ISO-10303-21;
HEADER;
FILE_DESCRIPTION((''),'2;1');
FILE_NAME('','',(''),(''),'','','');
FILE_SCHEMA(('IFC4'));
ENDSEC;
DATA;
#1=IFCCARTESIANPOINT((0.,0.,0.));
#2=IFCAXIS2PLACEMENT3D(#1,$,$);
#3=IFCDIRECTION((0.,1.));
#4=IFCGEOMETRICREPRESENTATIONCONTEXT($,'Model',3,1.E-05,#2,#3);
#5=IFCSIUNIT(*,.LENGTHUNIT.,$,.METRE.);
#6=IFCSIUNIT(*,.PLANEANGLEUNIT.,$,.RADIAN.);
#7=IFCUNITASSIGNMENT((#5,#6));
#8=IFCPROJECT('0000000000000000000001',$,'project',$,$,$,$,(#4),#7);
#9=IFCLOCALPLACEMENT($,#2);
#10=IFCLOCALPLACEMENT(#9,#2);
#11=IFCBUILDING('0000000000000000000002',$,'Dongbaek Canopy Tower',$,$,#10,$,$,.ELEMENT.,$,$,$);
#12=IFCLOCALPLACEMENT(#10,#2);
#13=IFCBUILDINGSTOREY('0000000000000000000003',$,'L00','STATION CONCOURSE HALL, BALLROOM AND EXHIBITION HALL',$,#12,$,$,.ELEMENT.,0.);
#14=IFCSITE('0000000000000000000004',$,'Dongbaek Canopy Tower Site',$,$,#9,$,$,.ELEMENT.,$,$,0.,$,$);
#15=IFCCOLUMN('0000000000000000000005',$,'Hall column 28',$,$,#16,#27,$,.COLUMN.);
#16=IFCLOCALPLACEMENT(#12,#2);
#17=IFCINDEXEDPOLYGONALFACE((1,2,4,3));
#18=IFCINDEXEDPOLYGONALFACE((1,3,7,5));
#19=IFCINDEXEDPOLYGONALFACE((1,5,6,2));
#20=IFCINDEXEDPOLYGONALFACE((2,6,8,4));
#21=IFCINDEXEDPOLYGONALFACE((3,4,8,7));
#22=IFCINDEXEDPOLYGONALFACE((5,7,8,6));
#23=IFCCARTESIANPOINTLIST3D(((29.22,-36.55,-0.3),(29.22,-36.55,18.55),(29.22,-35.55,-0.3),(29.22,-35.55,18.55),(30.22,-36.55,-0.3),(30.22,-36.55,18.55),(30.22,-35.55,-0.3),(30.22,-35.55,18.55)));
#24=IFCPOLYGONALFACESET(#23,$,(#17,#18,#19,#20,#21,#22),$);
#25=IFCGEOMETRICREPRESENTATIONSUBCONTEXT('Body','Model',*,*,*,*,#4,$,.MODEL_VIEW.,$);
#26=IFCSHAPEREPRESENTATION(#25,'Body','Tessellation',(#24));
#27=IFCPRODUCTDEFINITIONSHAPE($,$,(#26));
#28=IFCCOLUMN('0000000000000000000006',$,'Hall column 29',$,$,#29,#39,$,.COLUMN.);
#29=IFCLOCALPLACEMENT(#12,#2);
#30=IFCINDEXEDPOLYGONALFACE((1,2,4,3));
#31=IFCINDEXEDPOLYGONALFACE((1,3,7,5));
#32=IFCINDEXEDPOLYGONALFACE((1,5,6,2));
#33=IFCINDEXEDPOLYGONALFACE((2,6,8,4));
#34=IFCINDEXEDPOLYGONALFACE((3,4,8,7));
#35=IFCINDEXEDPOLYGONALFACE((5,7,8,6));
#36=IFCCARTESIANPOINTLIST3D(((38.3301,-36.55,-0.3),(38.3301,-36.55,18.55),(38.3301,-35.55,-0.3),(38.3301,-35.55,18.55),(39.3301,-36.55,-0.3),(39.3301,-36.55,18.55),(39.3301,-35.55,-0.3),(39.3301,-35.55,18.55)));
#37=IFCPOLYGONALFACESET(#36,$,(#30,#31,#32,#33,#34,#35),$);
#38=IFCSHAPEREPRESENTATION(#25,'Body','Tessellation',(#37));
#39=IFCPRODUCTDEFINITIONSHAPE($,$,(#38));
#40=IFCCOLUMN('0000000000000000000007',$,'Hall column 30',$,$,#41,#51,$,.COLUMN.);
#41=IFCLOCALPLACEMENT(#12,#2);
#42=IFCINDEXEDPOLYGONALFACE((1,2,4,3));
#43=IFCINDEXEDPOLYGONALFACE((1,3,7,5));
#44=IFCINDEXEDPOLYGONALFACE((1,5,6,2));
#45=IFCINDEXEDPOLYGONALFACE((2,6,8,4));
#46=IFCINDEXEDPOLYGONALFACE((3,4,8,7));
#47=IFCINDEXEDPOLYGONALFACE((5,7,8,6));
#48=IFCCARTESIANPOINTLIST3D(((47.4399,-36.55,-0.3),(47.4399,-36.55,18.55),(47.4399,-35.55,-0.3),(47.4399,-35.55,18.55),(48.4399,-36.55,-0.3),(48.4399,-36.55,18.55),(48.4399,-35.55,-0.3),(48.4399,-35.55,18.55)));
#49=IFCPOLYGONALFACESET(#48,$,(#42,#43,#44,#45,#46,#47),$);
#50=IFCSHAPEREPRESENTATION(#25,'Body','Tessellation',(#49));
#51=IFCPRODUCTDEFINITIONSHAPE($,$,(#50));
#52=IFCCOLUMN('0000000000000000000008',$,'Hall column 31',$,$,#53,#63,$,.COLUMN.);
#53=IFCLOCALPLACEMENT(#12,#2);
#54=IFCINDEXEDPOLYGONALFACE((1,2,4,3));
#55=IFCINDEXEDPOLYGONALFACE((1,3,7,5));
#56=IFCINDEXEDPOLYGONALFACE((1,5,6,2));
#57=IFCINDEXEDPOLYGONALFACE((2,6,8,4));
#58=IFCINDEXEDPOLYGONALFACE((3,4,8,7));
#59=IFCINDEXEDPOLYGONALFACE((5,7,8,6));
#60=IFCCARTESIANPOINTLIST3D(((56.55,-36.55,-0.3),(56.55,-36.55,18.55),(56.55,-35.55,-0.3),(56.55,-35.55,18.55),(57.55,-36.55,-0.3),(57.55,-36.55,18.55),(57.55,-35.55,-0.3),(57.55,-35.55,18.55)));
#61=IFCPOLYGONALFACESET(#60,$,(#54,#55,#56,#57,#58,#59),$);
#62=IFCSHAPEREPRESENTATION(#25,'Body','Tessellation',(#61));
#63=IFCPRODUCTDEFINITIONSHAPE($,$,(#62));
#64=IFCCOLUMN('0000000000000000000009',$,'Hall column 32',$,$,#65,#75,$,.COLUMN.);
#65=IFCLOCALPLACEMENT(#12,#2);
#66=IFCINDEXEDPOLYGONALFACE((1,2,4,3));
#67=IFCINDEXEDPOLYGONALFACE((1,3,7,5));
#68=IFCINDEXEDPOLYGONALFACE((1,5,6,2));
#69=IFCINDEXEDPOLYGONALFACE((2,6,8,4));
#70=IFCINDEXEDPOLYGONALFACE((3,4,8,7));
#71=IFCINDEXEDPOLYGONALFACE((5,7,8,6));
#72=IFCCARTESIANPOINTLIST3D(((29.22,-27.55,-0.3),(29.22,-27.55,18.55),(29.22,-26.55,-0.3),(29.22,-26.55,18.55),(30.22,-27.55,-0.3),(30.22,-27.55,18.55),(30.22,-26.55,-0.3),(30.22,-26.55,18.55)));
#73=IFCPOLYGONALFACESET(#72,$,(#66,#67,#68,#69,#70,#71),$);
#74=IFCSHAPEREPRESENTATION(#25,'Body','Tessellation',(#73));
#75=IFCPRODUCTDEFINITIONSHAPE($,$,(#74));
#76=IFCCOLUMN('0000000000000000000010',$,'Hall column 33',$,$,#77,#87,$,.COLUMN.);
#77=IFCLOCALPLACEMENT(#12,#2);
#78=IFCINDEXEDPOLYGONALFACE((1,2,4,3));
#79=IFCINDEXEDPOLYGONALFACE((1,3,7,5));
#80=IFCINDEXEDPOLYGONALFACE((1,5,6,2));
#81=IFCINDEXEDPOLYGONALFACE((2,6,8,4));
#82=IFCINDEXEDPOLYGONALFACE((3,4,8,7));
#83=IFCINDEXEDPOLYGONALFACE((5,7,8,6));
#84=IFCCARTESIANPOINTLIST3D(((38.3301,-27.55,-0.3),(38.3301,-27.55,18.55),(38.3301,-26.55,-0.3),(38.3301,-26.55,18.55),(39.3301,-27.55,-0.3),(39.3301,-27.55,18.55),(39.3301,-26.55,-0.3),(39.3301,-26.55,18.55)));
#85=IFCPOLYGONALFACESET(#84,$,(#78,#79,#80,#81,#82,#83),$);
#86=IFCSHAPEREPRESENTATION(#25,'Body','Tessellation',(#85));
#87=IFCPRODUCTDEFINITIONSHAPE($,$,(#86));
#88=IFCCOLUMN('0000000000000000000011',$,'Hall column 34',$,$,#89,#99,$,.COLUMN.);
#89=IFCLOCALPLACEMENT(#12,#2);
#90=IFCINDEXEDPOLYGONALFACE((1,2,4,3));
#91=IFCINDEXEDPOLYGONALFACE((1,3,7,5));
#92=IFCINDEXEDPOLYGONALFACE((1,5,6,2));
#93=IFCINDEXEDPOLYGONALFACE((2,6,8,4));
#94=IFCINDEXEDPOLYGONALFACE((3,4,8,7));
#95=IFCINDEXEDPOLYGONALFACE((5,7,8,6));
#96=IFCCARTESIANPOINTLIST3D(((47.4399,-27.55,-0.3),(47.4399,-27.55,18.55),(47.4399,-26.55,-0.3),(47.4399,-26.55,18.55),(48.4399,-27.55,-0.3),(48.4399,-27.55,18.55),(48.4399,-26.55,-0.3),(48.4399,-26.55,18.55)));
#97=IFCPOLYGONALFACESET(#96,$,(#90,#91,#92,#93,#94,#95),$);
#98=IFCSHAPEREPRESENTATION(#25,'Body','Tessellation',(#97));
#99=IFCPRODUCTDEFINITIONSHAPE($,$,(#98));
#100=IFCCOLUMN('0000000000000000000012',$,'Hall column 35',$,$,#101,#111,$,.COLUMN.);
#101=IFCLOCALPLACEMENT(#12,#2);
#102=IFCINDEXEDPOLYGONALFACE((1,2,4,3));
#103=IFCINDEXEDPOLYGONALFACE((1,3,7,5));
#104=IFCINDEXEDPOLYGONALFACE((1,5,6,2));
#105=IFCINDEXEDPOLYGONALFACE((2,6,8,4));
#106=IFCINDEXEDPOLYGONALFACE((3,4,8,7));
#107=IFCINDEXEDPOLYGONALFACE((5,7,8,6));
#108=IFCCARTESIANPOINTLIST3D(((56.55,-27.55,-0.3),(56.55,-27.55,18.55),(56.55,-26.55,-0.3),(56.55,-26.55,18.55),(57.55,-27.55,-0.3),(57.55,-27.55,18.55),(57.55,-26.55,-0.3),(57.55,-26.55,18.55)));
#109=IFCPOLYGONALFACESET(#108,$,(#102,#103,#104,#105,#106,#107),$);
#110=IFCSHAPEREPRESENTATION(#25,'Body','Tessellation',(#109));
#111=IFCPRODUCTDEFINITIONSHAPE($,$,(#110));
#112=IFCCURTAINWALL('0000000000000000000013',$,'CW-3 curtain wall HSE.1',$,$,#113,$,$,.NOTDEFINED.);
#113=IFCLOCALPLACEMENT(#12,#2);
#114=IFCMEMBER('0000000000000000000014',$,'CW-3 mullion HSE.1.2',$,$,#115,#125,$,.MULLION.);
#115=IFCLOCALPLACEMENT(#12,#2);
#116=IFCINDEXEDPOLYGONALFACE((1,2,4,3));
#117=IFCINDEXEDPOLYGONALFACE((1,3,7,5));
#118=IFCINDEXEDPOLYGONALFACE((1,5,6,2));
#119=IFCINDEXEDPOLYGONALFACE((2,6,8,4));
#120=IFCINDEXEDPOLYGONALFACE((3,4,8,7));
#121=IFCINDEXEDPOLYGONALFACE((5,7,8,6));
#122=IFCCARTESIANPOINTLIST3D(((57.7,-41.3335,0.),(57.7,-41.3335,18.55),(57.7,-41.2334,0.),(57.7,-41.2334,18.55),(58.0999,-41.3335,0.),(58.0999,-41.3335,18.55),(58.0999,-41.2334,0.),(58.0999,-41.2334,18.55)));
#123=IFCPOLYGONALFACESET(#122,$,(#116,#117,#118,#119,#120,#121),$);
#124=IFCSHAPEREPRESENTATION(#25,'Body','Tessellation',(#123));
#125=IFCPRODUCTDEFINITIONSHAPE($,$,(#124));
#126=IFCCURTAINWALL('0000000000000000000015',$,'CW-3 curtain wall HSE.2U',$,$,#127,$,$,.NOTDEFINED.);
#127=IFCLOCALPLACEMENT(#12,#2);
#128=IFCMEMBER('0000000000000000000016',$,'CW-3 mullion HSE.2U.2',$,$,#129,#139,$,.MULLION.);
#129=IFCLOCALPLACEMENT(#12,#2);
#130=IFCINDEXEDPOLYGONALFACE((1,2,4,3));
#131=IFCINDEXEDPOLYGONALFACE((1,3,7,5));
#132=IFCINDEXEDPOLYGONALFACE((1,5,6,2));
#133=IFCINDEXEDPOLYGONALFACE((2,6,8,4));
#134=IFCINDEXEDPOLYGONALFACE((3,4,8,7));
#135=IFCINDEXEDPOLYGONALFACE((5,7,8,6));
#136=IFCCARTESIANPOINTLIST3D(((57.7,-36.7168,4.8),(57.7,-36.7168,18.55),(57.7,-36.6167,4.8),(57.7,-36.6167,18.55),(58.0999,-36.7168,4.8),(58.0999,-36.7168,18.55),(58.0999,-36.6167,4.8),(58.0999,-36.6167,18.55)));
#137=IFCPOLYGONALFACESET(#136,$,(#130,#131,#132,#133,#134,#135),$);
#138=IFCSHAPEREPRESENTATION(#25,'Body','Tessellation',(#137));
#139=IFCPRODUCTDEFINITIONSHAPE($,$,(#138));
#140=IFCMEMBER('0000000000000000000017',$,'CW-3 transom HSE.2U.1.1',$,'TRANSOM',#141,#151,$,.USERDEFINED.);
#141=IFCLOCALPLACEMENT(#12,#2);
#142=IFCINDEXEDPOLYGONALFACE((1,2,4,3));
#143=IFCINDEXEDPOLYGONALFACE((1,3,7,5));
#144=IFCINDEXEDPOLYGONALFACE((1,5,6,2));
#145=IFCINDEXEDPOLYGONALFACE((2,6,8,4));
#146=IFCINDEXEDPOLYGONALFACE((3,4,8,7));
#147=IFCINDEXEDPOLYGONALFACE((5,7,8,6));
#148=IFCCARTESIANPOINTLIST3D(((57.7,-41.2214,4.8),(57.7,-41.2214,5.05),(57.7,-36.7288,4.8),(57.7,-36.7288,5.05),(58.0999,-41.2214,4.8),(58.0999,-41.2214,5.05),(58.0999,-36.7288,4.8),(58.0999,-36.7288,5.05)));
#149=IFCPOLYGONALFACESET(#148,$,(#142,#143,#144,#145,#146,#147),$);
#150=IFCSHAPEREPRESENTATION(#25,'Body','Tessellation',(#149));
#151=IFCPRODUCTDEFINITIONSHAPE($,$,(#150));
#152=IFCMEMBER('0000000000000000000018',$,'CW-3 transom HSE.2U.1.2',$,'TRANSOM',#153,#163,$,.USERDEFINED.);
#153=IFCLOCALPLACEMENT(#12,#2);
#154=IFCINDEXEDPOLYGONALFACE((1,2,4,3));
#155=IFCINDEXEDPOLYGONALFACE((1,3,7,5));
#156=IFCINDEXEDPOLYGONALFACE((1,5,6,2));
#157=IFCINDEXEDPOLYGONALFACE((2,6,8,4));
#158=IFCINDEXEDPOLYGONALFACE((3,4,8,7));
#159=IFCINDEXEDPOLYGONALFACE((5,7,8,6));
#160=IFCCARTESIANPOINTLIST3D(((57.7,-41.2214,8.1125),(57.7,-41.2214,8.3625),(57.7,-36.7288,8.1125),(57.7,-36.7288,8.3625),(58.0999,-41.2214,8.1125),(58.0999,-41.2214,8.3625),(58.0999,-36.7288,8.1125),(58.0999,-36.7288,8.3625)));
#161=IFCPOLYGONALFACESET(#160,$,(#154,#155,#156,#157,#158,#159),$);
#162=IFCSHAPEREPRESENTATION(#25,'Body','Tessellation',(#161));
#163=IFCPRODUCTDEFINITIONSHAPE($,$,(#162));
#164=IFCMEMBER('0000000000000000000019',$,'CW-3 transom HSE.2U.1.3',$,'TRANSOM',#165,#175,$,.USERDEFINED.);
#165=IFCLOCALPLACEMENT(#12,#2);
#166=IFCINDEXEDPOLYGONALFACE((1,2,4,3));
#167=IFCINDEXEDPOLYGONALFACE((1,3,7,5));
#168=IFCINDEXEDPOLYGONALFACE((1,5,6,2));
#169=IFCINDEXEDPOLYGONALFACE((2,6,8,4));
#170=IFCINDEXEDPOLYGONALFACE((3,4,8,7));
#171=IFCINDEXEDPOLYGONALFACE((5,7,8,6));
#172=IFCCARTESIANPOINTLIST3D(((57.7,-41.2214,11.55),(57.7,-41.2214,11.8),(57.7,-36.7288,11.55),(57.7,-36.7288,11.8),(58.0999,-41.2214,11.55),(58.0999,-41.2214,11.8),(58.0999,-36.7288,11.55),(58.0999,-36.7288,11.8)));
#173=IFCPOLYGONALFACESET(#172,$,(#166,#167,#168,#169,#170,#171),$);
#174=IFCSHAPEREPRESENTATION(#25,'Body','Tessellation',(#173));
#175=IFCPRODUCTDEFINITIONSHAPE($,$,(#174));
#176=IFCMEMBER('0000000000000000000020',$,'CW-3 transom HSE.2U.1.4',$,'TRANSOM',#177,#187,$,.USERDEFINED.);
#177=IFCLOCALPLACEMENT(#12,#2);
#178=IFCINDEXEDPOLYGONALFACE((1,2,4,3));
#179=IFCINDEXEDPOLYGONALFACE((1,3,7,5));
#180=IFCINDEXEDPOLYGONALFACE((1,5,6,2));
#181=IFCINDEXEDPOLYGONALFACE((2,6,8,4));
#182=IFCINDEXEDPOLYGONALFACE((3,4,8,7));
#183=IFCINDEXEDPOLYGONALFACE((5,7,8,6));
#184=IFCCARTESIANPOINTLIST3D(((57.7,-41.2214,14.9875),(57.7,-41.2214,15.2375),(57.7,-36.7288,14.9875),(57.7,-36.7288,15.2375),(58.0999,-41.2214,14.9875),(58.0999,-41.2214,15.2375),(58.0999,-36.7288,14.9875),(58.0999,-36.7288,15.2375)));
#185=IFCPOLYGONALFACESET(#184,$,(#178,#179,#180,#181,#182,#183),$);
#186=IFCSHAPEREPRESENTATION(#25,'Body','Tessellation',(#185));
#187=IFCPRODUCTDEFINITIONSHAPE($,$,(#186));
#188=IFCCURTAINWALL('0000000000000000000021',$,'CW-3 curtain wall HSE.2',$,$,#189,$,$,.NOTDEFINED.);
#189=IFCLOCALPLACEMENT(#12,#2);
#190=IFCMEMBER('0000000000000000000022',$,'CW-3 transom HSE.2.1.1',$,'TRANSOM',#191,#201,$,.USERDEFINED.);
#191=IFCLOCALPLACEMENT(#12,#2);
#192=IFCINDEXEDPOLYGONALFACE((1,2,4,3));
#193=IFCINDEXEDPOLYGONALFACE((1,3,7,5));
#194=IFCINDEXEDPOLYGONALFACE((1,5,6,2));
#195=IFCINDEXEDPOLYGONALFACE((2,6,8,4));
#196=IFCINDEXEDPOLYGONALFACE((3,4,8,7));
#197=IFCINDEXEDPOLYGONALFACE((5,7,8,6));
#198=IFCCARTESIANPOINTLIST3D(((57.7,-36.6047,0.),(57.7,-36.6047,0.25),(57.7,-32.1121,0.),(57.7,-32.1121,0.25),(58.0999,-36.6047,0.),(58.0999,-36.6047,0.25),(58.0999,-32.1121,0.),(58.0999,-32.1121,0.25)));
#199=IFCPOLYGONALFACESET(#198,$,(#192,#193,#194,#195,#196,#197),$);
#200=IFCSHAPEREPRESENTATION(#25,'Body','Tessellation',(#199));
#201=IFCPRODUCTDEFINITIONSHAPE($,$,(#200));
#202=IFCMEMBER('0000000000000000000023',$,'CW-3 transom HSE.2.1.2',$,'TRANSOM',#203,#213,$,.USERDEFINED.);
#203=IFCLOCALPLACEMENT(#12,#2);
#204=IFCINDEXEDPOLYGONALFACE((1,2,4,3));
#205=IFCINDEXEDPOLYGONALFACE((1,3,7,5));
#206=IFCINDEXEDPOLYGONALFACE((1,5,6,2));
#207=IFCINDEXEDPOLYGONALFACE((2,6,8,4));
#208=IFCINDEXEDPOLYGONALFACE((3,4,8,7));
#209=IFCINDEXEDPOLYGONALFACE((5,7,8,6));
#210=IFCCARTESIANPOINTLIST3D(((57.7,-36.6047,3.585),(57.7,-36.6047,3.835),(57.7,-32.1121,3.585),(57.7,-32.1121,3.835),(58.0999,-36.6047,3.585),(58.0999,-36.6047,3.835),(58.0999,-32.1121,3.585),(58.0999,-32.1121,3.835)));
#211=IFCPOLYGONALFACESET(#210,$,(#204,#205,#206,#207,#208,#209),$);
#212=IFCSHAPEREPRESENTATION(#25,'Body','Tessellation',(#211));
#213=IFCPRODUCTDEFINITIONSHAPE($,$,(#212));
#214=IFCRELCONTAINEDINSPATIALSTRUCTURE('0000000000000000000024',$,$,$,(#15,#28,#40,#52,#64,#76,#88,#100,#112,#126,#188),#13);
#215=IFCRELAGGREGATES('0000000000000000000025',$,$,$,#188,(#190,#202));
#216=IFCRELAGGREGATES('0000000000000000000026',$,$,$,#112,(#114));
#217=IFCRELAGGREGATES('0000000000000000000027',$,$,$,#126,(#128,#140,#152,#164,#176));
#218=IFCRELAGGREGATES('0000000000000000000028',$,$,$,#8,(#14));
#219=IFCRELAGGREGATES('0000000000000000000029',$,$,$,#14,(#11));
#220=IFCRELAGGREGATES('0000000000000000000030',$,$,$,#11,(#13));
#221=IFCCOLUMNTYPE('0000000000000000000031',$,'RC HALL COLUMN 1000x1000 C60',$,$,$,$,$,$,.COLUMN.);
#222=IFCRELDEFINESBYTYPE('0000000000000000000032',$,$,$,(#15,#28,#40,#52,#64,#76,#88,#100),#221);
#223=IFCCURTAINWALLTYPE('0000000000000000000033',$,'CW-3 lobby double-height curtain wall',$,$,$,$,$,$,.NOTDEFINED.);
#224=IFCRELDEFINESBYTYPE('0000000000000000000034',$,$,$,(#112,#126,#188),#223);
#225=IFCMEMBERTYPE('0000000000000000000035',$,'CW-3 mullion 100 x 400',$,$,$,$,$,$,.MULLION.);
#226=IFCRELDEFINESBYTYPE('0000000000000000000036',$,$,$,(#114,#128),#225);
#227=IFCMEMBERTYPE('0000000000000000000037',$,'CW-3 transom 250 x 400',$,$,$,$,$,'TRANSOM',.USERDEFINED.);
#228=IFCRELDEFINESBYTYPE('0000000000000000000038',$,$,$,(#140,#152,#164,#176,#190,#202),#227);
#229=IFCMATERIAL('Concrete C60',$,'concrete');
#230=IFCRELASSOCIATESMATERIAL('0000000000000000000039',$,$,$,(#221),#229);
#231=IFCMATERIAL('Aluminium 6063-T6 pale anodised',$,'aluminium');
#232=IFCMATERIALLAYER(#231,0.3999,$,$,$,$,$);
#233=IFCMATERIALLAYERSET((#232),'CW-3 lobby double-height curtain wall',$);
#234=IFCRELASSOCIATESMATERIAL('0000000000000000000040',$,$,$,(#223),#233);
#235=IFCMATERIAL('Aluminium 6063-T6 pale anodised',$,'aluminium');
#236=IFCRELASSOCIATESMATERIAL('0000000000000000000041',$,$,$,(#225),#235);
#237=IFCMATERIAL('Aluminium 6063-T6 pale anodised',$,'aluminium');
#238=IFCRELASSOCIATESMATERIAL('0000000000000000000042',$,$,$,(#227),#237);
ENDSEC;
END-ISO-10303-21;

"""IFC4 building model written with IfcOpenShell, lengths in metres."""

from ifc_helpers import new_model, si_unit, direction, frame, origin, origin_2d, place, context, subcontext, project, spatial, rectangle, extrude, material, layer, layer_set, material_profile, profile_set, type_object, element, aggregate, save


model = new_model("IFC4")

# Units and contexts
model_context = context("Model", 3, precision=1e-05, world=origin(), true_north=direction((0.0, 1.0)))
body_context = subcontext(model_context, "Body", "Model", "MODEL_VIEW")
ifc_project = project(units=[si_unit("LENGTHUNIT", "METRE"), si_unit("PLANEANGLEUNIT", "RADIAN")], contexts=[model_context])

# Site, building, storey
site_placement = place(None, origin())
site = spatial("IfcSite", under=ifc_project, at=site_placement, Name="Dongbaek Canopy Tower Site", CompositionType="ELEMENT", RefElevation=0.0)
building_placement = place(site_placement, origin())
building = spatial("IfcBuilding", under=site, at=building_placement, Name="Dongbaek Canopy Tower", CompositionType="ELEMENT")
storey_placement = place(building_placement, origin())
storey = spatial("IfcBuildingStorey", under=building, at=storey_placement, Name="L00", Description="STATION CONCOURSE HALL, BALLROOM AND EXHIBITION HALL", CompositionType="ELEMENT", Elevation=0.0)

# Columns
ifc_material_1 = material(Name="Concrete C60", Category="concrete")
ifc_material_profile_1 = material_profile(ifc_material_1, rectangle(XDim=1.0, YDim=1.0, at=origin_2d()), Name="RC HALL COLUMN 1000x1000 C60")
ifc_profile_set_1 = profile_set([ifc_material_profile_1], Name="Concrete C60")
column_type = type_object("IfcColumnType", Name="RC HALL COLUMN 1000x1000 C60", PredefinedType="COLUMN", material=ifc_profile_set_1)
for number, where, z_axis, x_axis, name in (
    (1, (29.72, -36.05, -0.3), (0.0, 0.0, 1.0), (1.0, 0.0, 0.0), "Hall column 28"),
    (2, (38.8301, -36.05, -0.3), (0.0, 0.0, 1.0), (1.0, 0.0, 0.0), "Hall column 29"),
    (3, (47.9399, -36.05, -0.3), (0.0, 0.0, 1.0), (1.0, 0.0, 0.0), "Hall column 30"),
    (4, (57.05, -36.05, -0.3), (0.0, 0.0, 1.0), (1.0, 0.0, 0.0), "Hall column 31"),
    (5, (29.72, -27.05, -0.3), (0.0, 0.0, 1.0), (1.0, 0.0, 0.0), "Hall column 32"),
    (6, (38.8301, -27.05, -0.3), (0.0, 0.0, 1.0), (1.0, 0.0, 0.0), "Hall column 33"),
    (7, (47.9399, -27.05, -0.3), (0.0, 0.0, 1.0), (1.0, 0.0, 0.0), "Hall column 34"),
    (8, (57.05, -27.05, -0.3), (0.0, 0.0, 1.0), (1.0, 0.0, 0.0), "Hall column 35"),
):
    element("IfcColumn", number, at=place(storey_placement, frame(where, z_axis=z_axis, x_axis=x_axis)), inside=storey, type_object=column_type, Name=name, PredefinedType="COLUMN", context=body_context, shape_type="SweptSolid", body=[
        extrude(rectangle(XDim=1.0, YDim=1.0, at=origin_2d()), origin(), (0.0, 0.0, 1.0), 18.8501),
    ])

# Curtain wall, member
ifc_material_2 = material(Name="Aluminium 6063-T6 pale anodised", Category="aluminium")
ifc_layer_1 = layer(ifc_material_2, 0.3999)
ifc_layer_set_1 = layer_set([ifc_layer_1], Name="CW-3 lobby double-height curtain wall")
curtain_wall_type = type_object("IfcCurtainWallType", Name="CW-3 lobby double-height curtain wall", PredefinedType="NOTDEFINED", material=ifc_layer_set_1)
curtain_wall_1_placement = place(storey_placement, origin())
curtain_wall_1 = element("IfcCurtainWall", 9, at=curtain_wall_1_placement, inside=storey, type_object=curtain_wall_type, Name="CW-3 curtain wall HSE.1", PredefinedType="NOTDEFINED")
ifc_material_3 = material(Name="Aluminium 6063-T6 pale anodised", Category="aluminium")
ifc_material_profile_2 = material_profile(ifc_material_3, rectangle(XDim=0.3999, YDim=0.1001, at=origin_2d()), Name="CW-3 mullion 100 x 400")
ifc_profile_set_2 = profile_set([ifc_material_profile_2], Name="Aluminium 6063-T6 pale anodised")
member_type_1 = type_object("IfcMemberType", Name="CW-3 mullion 100 x 400", PredefinedType="MULLION", material=ifc_profile_set_2)
member_1_placement = place(storey_placement, frame((57.8999, -41.2834, 0.0), z_axis=(0.0, 0.0, 1.0), x_axis=(1.0, 0.0, 0.0)))
member_1 = element("IfcMember", 10, at=member_1_placement, type_object=member_type_1, Name="CW-3 mullion HSE.1.2", PredefinedType="MULLION", context=body_context, shape_type="SweptSolid", body=[
    extrude(rectangle(XDim=0.3999, YDim=0.1001, at=origin_2d()), origin(), (0.0, 0.0, 1.0), 18.55),
])

# Curtain walls, members
curtain_wall_2_placement = place(storey_placement, origin())
curtain_wall_2 = element("IfcCurtainWall", 11, at=curtain_wall_2_placement, inside=storey, type_object=curtain_wall_type, Name="CW-3 curtain wall HSE.2U", PredefinedType="NOTDEFINED")
member_2_placement = place(storey_placement, frame((57.8999, -36.6667, 4.8), z_axis=(0.0, 0.0, 1.0), x_axis=(1.0, 0.0, 0.0)))
member_2 = element("IfcMember", 12, at=member_2_placement, type_object=member_type_1, Name="CW-3 mullion HSE.2U.2", PredefinedType="MULLION", context=body_context, shape_type="SweptSolid", body=[
    extrude(rectangle(XDim=0.3999, YDim=0.1001, at=origin_2d()), origin(), (0.0, 0.0, 1.0), 13.75),
])
ifc_material_4 = material(Name="Aluminium 6063-T6 pale anodised", Category="aluminium")
ifc_material_profile_3 = material_profile(ifc_material_4, rectangle(XDim=0.3999, YDim=0.25, at=origin_2d()), Name="CW-3 transom 250 x 400")
ifc_profile_set_3 = profile_set([ifc_material_profile_3], Name="Aluminium 6063-T6 pale anodised")
member_type_2 = type_object("IfcMemberType", Name="CW-3 transom 250 x 400", ElementType="TRANSOM", PredefinedType="USERDEFINED", material=ifc_profile_set_3)
member_3_placement = place(storey_placement, frame((57.8999, -41.2214, 4.925), z_axis=(0.0, 1.0, 0.0), x_axis=(-1.0, 0.0, 0.0)))
member_3 = element("IfcMember", 13, at=member_3_placement, type_object=member_type_2, Name="CW-3 transom HSE.2U.1.1", ObjectType="TRANSOM", PredefinedType="USERDEFINED", context=body_context, shape_type="SweptSolid", body=[
    extrude(rectangle(XDim=0.3999, YDim=0.25, at=origin_2d()), origin(), (0.0, 0.0, 1.0), 4.4927),
])
member_4_placement = place(storey_placement, frame((57.8999, -41.2214, 8.2375), z_axis=(0.0, 1.0, 0.0), x_axis=(-1.0, 0.0, 0.0)))
member_4 = element("IfcMember", 14, at=member_4_placement, type_object=member_type_2, Name="CW-3 transom HSE.2U.1.2", ObjectType="TRANSOM", PredefinedType="USERDEFINED", context=body_context, shape_type="SweptSolid", body=[
    extrude(rectangle(XDim=0.3999, YDim=0.25, at=origin_2d()), origin(), (0.0, 0.0, 1.0), 4.4927),
])
member_5_placement = place(storey_placement, frame((57.8999, -41.2214, 11.675), z_axis=(0.0, 1.0, 0.0), x_axis=(-1.0, 0.0, 0.0)))
member_5 = element("IfcMember", 15, at=member_5_placement, type_object=member_type_2, Name="CW-3 transom HSE.2U.1.3", ObjectType="TRANSOM", PredefinedType="USERDEFINED", context=body_context, shape_type="SweptSolid", body=[
    extrude(rectangle(XDim=0.3999, YDim=0.25, at=origin_2d()), origin(), (0.0, 0.0, 1.0), 4.4927),
])
member_6_placement = place(storey_placement, frame((57.8999, -41.2214, 15.1125), z_axis=(0.0, 1.0, 0.0), x_axis=(-1.0, 0.0, 0.0)))
member_6 = element("IfcMember", 16, at=member_6_placement, type_object=member_type_2, Name="CW-3 transom HSE.2U.1.4", ObjectType="TRANSOM", PredefinedType="USERDEFINED", context=body_context, shape_type="SweptSolid", body=[
    extrude(rectangle(XDim=0.3999, YDim=0.25, at=origin_2d()), origin(), (0.0, 0.0, 1.0), 4.4927),
])
curtain_wall_3_placement = place(storey_placement, origin())
curtain_wall_3 = element("IfcCurtainWall", 17, at=curtain_wall_3_placement, inside=storey, type_object=curtain_wall_type, Name="CW-3 curtain wall HSE.2", PredefinedType="NOTDEFINED")
member_7_placement = place(storey_placement, frame((57.8999, -36.6047, 0.125), z_axis=(0.0, 1.0, 0.0), x_axis=(-1.0, 0.0, 0.0)))
member_7 = element("IfcMember", 18, at=member_7_placement, type_object=member_type_2, Name="CW-3 transom HSE.2.1.1", ObjectType="TRANSOM", PredefinedType="USERDEFINED", context=body_context, shape_type="SweptSolid", body=[
    extrude(rectangle(XDim=0.3999, YDim=0.25, at=origin_2d()), origin(), (0.0, 0.0, 1.0), 4.4927),
])
member_8_placement = place(storey_placement, frame((57.8999, -36.6047, 3.71), z_axis=(0.0, 1.0, 0.0), x_axis=(-1.0, 0.0, 0.0)))
member_8 = element("IfcMember", 19, at=member_8_placement, type_object=member_type_2, Name="CW-3 transom HSE.2.1.2", ObjectType="TRANSOM", PredefinedType="USERDEFINED", context=body_context, shape_type="SweptSolid", body=[
    extrude(rectangle(XDim=0.3999, YDim=0.25, at=origin_2d()), origin(), (0.0, 0.0, 1.0), 4.4927),
])
aggregate(curtain_wall_3, [member_7, member_8])

aggregate(curtain_wall_1, [member_1])
aggregate(curtain_wall_2, [member_2, member_3, member_4, member_5, member_6])

save(model, "model.ifc")
